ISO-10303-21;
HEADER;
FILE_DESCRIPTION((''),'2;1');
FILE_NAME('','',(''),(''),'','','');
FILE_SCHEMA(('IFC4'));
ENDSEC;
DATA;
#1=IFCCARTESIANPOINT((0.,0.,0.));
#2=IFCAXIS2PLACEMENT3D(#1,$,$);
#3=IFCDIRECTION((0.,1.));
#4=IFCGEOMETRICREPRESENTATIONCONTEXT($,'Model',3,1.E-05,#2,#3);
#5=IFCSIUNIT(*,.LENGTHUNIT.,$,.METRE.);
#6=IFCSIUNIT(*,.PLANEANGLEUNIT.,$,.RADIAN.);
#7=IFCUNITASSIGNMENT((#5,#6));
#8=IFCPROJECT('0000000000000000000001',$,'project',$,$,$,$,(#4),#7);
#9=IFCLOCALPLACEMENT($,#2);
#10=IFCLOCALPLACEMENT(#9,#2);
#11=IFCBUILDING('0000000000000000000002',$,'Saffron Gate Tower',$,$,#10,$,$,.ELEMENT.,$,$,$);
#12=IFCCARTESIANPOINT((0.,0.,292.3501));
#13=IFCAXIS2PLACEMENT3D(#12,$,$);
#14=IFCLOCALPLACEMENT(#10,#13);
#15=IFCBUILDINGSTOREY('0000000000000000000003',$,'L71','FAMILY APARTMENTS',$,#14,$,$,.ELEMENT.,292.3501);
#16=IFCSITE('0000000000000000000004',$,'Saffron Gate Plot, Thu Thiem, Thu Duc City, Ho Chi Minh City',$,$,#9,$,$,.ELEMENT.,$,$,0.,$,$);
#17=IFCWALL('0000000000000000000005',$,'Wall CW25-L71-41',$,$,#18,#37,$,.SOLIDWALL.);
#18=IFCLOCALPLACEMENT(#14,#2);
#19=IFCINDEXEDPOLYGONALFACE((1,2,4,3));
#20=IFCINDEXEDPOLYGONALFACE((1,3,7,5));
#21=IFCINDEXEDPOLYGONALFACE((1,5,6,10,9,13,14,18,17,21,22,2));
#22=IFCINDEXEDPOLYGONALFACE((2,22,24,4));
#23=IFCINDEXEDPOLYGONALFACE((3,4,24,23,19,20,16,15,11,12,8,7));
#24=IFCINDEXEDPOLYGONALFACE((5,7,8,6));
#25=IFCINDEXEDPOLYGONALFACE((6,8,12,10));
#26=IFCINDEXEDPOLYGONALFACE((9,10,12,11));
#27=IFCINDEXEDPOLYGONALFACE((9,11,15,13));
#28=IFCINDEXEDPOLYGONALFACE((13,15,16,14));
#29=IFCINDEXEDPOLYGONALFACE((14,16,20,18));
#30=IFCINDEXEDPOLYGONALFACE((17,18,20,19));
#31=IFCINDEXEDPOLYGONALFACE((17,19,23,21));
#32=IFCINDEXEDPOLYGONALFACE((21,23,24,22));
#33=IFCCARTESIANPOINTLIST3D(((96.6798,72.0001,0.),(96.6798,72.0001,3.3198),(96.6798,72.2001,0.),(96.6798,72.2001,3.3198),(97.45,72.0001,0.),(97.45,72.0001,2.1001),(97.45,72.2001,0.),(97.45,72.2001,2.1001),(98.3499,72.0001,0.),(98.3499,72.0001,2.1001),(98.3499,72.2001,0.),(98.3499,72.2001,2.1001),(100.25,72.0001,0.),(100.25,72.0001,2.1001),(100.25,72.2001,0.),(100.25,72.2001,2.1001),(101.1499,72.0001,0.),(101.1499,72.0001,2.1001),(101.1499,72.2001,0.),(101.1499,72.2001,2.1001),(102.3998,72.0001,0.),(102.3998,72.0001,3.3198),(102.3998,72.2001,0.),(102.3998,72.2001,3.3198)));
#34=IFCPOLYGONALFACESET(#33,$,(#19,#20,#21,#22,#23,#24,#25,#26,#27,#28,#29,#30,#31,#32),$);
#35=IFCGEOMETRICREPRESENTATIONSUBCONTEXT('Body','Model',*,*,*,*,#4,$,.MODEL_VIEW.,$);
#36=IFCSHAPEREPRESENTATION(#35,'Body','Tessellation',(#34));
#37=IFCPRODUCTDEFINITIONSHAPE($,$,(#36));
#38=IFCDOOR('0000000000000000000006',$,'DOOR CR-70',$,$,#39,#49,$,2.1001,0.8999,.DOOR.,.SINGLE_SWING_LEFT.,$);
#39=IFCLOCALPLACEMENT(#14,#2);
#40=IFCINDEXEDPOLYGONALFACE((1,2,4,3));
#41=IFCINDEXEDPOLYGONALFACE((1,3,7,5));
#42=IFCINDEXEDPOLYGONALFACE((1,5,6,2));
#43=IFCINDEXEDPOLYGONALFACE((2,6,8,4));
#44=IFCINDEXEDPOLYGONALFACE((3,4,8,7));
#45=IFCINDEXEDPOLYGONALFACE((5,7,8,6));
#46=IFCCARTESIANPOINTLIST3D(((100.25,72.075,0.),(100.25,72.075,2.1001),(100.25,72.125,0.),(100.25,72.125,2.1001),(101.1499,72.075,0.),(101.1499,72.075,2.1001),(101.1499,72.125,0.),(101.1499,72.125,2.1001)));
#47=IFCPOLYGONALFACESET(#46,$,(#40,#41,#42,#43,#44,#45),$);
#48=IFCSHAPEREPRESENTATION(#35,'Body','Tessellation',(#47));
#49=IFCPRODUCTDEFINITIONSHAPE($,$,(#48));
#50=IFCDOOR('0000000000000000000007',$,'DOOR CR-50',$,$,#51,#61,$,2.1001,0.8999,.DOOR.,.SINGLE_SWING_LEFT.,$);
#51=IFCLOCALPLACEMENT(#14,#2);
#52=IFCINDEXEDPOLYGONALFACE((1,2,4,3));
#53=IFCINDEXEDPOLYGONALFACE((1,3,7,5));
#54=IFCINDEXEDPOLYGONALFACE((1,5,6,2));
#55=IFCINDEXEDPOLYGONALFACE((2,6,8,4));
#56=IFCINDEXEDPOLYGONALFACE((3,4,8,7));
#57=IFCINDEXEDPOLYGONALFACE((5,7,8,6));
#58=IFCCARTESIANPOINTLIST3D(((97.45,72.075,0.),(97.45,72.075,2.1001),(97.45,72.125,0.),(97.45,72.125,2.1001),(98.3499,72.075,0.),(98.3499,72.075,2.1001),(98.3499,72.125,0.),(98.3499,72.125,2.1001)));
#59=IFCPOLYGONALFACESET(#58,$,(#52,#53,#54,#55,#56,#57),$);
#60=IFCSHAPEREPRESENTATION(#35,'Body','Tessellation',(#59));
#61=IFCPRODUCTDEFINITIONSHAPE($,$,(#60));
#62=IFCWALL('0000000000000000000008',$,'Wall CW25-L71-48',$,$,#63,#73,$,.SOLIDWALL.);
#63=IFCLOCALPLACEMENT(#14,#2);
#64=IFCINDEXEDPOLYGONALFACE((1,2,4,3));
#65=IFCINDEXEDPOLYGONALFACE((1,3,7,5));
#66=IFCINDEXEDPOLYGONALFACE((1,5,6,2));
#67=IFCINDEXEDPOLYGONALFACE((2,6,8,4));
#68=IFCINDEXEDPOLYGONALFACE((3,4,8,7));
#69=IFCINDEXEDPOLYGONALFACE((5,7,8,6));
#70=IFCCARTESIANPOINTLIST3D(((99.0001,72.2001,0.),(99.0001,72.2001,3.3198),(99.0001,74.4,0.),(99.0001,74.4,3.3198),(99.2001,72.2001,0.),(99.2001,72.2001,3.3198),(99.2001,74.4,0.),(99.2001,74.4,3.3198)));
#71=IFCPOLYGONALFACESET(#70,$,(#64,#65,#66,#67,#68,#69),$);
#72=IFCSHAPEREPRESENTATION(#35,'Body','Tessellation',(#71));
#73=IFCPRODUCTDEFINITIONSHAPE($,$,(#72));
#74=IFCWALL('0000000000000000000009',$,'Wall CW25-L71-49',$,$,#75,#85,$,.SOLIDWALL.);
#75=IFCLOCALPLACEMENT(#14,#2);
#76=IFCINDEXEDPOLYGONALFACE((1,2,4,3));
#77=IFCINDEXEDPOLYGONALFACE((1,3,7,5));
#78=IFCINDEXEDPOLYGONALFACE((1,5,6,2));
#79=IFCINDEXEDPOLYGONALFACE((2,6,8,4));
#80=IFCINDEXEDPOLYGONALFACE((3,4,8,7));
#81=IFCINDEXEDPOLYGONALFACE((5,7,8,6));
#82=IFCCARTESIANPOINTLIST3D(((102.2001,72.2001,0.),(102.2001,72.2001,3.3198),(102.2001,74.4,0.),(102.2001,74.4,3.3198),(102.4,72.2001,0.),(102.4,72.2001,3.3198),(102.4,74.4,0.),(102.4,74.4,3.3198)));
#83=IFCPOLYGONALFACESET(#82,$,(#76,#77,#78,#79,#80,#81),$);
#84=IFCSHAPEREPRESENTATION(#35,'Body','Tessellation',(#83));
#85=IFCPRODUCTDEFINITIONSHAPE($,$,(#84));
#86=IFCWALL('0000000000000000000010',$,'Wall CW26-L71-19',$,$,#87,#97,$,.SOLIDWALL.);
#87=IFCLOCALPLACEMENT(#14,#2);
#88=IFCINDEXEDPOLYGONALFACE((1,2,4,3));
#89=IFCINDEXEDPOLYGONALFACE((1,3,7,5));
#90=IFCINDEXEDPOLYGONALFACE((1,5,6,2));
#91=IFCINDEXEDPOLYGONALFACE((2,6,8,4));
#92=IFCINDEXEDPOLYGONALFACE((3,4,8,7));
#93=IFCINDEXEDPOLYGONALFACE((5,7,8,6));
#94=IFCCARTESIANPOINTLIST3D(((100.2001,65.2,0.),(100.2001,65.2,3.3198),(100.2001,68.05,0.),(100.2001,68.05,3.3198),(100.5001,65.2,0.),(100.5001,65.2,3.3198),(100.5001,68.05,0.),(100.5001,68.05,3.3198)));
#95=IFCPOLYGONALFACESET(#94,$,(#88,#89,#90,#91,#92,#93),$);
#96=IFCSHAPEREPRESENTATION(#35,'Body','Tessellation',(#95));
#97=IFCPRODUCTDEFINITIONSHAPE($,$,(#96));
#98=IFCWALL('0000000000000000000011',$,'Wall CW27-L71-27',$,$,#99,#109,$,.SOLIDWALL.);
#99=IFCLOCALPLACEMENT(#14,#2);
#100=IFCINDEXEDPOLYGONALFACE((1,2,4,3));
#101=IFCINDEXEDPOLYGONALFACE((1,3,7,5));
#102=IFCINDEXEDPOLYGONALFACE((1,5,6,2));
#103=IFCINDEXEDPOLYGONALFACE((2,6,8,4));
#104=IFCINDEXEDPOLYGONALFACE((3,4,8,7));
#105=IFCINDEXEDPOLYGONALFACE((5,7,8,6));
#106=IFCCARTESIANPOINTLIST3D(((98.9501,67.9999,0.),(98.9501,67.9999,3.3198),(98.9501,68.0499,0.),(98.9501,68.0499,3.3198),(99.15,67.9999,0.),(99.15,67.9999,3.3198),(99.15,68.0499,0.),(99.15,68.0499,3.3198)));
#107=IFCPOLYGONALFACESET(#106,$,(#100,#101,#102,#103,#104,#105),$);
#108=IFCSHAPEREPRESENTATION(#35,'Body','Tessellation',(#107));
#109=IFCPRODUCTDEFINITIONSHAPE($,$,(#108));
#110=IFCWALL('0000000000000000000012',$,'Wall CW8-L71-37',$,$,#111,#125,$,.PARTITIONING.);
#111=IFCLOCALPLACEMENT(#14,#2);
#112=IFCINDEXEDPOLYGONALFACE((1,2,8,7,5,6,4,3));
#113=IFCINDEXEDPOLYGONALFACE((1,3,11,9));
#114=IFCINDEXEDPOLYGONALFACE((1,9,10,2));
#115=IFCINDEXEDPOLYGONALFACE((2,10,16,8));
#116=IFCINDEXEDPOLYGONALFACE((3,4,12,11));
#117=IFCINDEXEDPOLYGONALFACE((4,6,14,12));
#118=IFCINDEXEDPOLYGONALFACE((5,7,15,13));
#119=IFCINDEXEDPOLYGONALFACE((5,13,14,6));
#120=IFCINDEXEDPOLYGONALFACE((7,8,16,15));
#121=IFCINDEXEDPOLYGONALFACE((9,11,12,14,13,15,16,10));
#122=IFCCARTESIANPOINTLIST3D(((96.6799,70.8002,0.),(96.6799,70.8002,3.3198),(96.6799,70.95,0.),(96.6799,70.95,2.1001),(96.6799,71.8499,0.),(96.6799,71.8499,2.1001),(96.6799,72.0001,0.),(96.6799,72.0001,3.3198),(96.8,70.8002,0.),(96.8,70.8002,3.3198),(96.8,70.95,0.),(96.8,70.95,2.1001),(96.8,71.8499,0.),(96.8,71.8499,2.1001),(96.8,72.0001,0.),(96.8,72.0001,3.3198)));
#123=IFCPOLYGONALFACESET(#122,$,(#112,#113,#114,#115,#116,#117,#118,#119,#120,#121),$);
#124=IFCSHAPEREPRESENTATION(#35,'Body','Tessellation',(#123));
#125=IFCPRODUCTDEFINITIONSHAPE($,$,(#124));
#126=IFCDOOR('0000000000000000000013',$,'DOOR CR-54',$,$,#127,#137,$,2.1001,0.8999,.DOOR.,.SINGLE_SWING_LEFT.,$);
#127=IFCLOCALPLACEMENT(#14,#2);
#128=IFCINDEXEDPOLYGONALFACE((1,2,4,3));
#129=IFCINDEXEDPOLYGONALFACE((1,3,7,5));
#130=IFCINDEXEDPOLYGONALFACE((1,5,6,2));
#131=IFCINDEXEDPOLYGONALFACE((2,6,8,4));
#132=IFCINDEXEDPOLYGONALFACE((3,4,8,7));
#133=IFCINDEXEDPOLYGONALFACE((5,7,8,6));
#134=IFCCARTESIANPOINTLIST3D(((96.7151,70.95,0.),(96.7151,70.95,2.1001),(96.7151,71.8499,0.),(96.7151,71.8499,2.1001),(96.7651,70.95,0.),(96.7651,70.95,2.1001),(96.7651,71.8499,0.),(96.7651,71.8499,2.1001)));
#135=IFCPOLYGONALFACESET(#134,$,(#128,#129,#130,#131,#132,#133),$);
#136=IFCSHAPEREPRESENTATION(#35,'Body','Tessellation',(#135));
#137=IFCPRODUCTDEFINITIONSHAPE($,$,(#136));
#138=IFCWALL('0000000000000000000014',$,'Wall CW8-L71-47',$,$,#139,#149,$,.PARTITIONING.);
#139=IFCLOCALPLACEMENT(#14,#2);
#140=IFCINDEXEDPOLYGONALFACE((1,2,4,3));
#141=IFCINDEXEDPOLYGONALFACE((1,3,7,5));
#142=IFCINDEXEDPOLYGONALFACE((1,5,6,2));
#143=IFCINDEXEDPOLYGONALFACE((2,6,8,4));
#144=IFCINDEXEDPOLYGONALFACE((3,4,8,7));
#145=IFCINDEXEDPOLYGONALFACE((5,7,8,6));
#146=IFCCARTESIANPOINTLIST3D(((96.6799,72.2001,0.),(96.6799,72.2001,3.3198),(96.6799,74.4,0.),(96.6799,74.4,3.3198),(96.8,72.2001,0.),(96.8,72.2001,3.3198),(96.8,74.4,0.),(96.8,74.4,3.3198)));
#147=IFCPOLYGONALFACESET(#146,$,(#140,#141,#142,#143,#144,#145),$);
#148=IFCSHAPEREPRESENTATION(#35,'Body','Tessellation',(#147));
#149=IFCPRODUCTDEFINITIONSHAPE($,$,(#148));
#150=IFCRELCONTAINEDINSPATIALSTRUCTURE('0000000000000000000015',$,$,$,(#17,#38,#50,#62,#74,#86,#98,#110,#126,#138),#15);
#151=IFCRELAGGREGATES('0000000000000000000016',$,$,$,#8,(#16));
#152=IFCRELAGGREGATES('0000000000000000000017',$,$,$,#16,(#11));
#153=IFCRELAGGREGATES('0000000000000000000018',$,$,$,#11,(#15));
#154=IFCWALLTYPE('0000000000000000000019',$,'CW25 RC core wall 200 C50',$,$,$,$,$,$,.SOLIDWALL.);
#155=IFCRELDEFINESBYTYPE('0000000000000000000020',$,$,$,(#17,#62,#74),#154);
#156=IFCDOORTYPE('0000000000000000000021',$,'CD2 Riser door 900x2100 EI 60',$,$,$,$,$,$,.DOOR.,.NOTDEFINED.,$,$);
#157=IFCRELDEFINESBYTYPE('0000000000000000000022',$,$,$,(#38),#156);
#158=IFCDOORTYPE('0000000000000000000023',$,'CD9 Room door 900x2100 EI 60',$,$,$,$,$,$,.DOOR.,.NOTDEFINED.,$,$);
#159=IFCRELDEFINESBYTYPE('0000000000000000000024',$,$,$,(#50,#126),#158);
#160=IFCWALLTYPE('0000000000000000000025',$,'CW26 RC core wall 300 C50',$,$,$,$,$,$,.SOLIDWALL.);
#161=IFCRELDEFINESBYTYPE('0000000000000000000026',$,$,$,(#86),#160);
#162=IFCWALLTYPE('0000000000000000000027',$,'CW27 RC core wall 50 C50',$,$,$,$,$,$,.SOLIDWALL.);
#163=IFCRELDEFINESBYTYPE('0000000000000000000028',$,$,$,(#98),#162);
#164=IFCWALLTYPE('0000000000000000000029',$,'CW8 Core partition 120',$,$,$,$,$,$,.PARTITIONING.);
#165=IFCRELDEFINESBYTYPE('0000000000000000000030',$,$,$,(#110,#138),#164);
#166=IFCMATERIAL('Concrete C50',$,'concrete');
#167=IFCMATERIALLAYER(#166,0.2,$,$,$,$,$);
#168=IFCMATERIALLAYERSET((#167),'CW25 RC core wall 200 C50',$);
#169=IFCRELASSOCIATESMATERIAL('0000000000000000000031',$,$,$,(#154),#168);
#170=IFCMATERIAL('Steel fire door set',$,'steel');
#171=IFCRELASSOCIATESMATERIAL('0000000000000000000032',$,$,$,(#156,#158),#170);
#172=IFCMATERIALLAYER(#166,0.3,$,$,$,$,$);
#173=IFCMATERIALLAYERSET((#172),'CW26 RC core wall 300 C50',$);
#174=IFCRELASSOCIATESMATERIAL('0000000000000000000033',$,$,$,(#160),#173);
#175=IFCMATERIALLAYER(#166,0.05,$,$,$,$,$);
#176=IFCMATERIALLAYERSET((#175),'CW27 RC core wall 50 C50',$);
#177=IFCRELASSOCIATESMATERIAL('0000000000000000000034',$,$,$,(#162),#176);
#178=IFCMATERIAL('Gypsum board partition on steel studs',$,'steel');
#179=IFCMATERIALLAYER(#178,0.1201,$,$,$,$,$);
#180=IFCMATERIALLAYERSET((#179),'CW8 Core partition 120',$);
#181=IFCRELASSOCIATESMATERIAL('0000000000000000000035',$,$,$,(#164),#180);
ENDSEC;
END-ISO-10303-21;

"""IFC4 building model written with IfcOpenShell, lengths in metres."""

from ifc_helpers import new_model, si_unit, direction, frame, frame_2d, origin, place, context, subcontext, project, spatial, rectangle, extrude, material, layer, layer_set, type_object, element, fill, save


model = new_model("IFC4")

# Units and contexts
model_context = context("Model", 3, precision=1e-05, world=origin(), true_north=direction((0.0, 1.0)))
body_context = subcontext(model_context, "Body", "Model", "MODEL_VIEW")
ifc_project = project(units=[si_unit("LENGTHUNIT", "METRE"), si_unit("PLANEANGLEUNIT", "RADIAN")], contexts=[model_context])

# Site, building, storey
site_placement = place(None, origin())
site = spatial("IfcSite", under=ifc_project, at=site_placement, Name="Saffron Gate Plot, Thu Thiem, Thu Duc City, Ho Chi Minh City", CompositionType="ELEMENT", RefElevation=0.0)
building_placement = place(site_placement, origin())
building = spatial("IfcBuilding", under=site, at=building_placement, Name="Saffron Gate Tower", CompositionType="ELEMENT")
storey_placement = place(building_placement, frame((0.0, 0.0, 292.3501)))
storey = spatial("IfcBuildingStorey", under=building, at=storey_placement, Name="L71", Description="FAMILY APARTMENTS", CompositionType="ELEMENT", Elevation=292.3501)

# Shared definitions
ifc_material_1 = material(Name="Concrete C50", Category="concrete")
ifc_material_2 = material(Name="Steel fire door set", Category="steel")

# Shared definitions
ifc_layer_1 = layer(ifc_material_1, 0.2)
ifc_layer_set_1 = layer_set([ifc_layer_1], Name="CW25 RC core wall 200 C50")
wall_type_1 = type_object("IfcWallType", Name="CW25 RC core wall 200 C50", PredefinedType="SOLIDWALL", material=ifc_layer_set_1)

# Wall, openings, doors
wall_1_placement = place(storey_placement, frame((96.6799, 72.1001, 0.0), z_axis=(0.0, 0.0, 1.0), x_axis=(1.0, 0.0, 0.0)))
wall_1 = element("IfcWall", 1, at=wall_1_placement, inside=storey, type_object=wall_type_1, Name="Wall CW25-L71-41", PredefinedType="SOLIDWALL", context=body_context, shape_type="SweptSolid", body=[
    extrude(rectangle(XDim=5.72, YDim=0.2, at=frame_2d((2.8599, 0.0))), origin(), (0.0, 0.0, 1.0), 3.3198),
])
opening_1_placement = place(wall_1_placement, frame((0.77, 0.0, 0.0)))
opening_1 = element("IfcOpeningElement", 2, at=opening_1_placement, cuts=wall_1, PredefinedType="OPENING", context=body_context, shape_type="SweptSolid", body=[
    extrude(rectangle(XDim=0.8999, YDim=2.1001, at=frame_2d((0.45, 1.05))), frame((0.0, 0.1099, 0.0), z_axis=(0.0, -1.0, 0.0), x_axis=(1.0, 0.0, 0.0)), (0.0, 0.0, 1.0), 0.22),
])
opening_2_placement = place(wall_1_placement, frame((3.5701, 0.0, 0.0)))
opening_2 = element("IfcOpeningElement", 3, at=opening_2_placement, cuts=wall_1, PredefinedType="OPENING", context=body_context, shape_type="SweptSolid", body=[
    extrude(rectangle(XDim=0.8999, YDim=2.1001, at=frame_2d((0.45, 1.05))), frame((0.0, 0.1099, 0.0), z_axis=(0.0, -1.0, 0.0), x_axis=(1.0, 0.0, 0.0)), (0.0, 0.0, 1.0), 0.22),
])
door_type_1 = type_object("IfcDoorType", Name="CD2 Riser door 900x2100 EI 60", OperationType="NOTDEFINED", PredefinedType="DOOR", material=ifc_material_2)
door_1_placement = place(opening_2_placement, origin())
door_1 = element("IfcDoor", 4, at=door_1_placement, inside=storey, type_object=door_type_1, Name="DOOR CR-70", OperationType="SINGLE_SWING_LEFT", OverallHeight=2.1001, OverallWidth=0.8999, PredefinedType="DOOR", context=body_context, shape_type="SweptSolid", body=[
    extrude(rectangle(XDim=0.8999, YDim=2.1001, at=frame_2d((0.45, 1.05))), frame((0.0, 0.0249, 0.0), z_axis=(0.0, -1.0, 0.0), x_axis=(1.0, 0.0, 0.0)), (0.0, 0.0, 1.0), 0.05),
])
fill(opening_2, door_1)
door_type_2 = type_object("IfcDoorType", Name="CD9 Room door 900x2100 EI 60", OperationType="NOTDEFINED", PredefinedType="DOOR", material=ifc_material_2)
door_2_placement = place(opening_1_placement, origin())
door_2 = element("IfcDoor", 5, at=door_2_placement, inside=storey, type_object=door_type_2, Name="DOOR CR-50", OperationType="SINGLE_SWING_LEFT", OverallHeight=2.1001, OverallWidth=0.8999, PredefinedType="DOOR", context=body_context, shape_type="SweptSolid", body=[
    extrude(rectangle(XDim=0.8999, YDim=2.1001, at=frame_2d((0.45, 1.05))), frame((0.0, 0.0249, 0.0), z_axis=(0.0, -1.0, 0.0), x_axis=(1.0, 0.0, 0.0)), (0.0, 0.0, 1.0), 0.05),
])
fill(opening_1, door_2)

# Walls
for number, where, z_axis, x_axis, name in (
    (6, (99.1001, 72.2, 0.0), (0.0, 0.0, 1.0), (0.0, 1.0, 0.0), "Wall CW25-L71-48"),
    (7, (102.3, 72.2, 0.0), (0.0, 0.0, 1.0), (0.0, 1.0, 0.0), "Wall CW25-L71-49"),
):
    element("IfcWall", number, at=place(storey_placement, frame(where, z_axis=z_axis, x_axis=x_axis)), inside=storey, type_object=wall_type_1, Name=name, PredefinedType="SOLIDWALL", context=body_context, shape_type="SweptSolid", body=[
        extrude(rectangle(XDim=2.2, YDim=0.2, at=frame_2d((1.1001, 0.0))), origin(), (0.0, 0.0, 1.0), 3.3198),
    ])
ifc_layer_2 = layer(ifc_material_1, 0.3)
ifc_layer_set_2 = layer_set([ifc_layer_2], Name="CW26 RC core wall 300 C50")
wall_type_2 = type_object("IfcWallType", Name="CW26 RC core wall 300 C50", PredefinedType="SOLIDWALL", material=ifc_layer_set_2)
wall_2_placement = place(storey_placement, frame((100.3501, 65.2, 0.0), z_axis=(0.0, 0.0, 1.0), x_axis=(0.0, 1.0, 0.0)))
element("IfcWall", 8, at=wall_2_placement, inside=storey, type_object=wall_type_2, Name="Wall CW26-L71-19", PredefinedType="SOLIDWALL", context=body_context, shape_type="SweptSolid", body=[
    extrude(rectangle(XDim=2.8501, YDim=0.3, at=frame_2d((1.425, 0.0))), origin(), (0.0, 0.0, 1.0), 3.3198),
])
ifc_layer_3 = layer(ifc_material_1, 0.05)
ifc_layer_set_3 = layer_set([ifc_layer_3], Name="CW27 RC core wall 50 C50")
wall_type_3 = type_object("IfcWallType", Name="CW27 RC core wall 50 C50", PredefinedType="SOLIDWALL", material=ifc_layer_set_3)
wall_3_placement = place(storey_placement, frame((98.95, 68.0249, 0.0), z_axis=(0.0, 0.0, 1.0), x_axis=(1.0, 0.0, 0.0)))
element("IfcWall", 9, at=wall_3_placement, inside=storey, type_object=wall_type_3, Name="Wall CW27-L71-27", PredefinedType="SOLIDWALL", context=body_context, shape_type="SweptSolid", body=[
    extrude(rectangle(XDim=0.2, YDim=0.05, at=frame_2d((0.1001, 0.0))), origin(), (0.0, 0.0, 1.0), 3.3198),
])

# Wall, opening, door
ifc_material_3 = material(Name="Gypsum board partition on steel studs", Category="steel")
ifc_layer_4 = layer(ifc_material_3, 0.1201)
ifc_layer_set_4 = layer_set([ifc_layer_4], Name="CW8 Core partition 120")
wall_type_4 = type_object("IfcWallType", Name="CW8 Core partition 120", PredefinedType="PARTITIONING", material=ifc_layer_set_4)
wall_4_placement = place(storey_placement, frame((96.74, 70.8, 0.0), z_axis=(0.0, 0.0, 1.0), x_axis=(0.0, 1.0, 0.0)))
wall_4 = element("IfcWall", 10, at=wall_4_placement, inside=storey, type_object=wall_type_4, Name="Wall CW8-L71-37", PredefinedType="PARTITIONING", context=body_context, shape_type="SweptSolid", body=[
    extrude(rectangle(XDim=1.2, YDim=0.1201, at=frame_2d((0.6001, 0.0))), origin(), (0.0, 0.0, 1.0), 3.3198),
])
opening_3_placement = place(wall_4_placement, frame((0.1499, 0.0, 0.0)))
opening_3 = element("IfcOpeningElement", 11, at=opening_3_placement, cuts=wall_4, PredefinedType="OPENING", context=body_context, shape_type="SweptSolid", body=[
    extrude(rectangle(XDim=0.8999, YDim=2.1001, at=frame_2d((0.45, 1.05))), frame((0.0, 0.0701, 0.0), z_axis=(0.0, -1.0, 0.0), x_axis=(1.0, 0.0, 0.0)), (0.0, 0.0, 1.0), 0.1401),
])
door_3_placement = place(opening_3_placement, origin())
door_3 = element("IfcDoor", 12, at=door_3_placement, inside=storey, type_object=door_type_2, Name="DOOR CR-54", OperationType="SINGLE_SWING_LEFT", OverallHeight=2.1001, OverallWidth=0.8999, PredefinedType="DOOR", context=body_context, shape_type="SweptSolid", body=[
    extrude(rectangle(XDim=0.8999, YDim=2.1001, at=frame_2d((0.45, 1.05))), frame((0.0, 0.0249, 0.0), z_axis=(0.0, -1.0, 0.0), x_axis=(1.0, 0.0, 0.0)), (0.0, 0.0, 1.0), 0.05),
])
fill(opening_3, door_3)

# Wall
wall_5_placement = place(storey_placement, frame((96.74, 72.2, 0.0), z_axis=(0.0, 0.0, 1.0), x_axis=(0.0, 1.0, 0.0)))
element("IfcWall", 13, at=wall_5_placement, inside=storey, type_object=wall_type_4, Name="Wall CW8-L71-47", PredefinedType="PARTITIONING", context=body_context, shape_type="SweptSolid", body=[
    extrude(rectangle(XDim=2.2, YDim=0.1201, at=frame_2d((1.1001, 0.0))), origin(), (0.0, 0.0, 1.0), 3.3198),
])

save(model, "model.ifc")
